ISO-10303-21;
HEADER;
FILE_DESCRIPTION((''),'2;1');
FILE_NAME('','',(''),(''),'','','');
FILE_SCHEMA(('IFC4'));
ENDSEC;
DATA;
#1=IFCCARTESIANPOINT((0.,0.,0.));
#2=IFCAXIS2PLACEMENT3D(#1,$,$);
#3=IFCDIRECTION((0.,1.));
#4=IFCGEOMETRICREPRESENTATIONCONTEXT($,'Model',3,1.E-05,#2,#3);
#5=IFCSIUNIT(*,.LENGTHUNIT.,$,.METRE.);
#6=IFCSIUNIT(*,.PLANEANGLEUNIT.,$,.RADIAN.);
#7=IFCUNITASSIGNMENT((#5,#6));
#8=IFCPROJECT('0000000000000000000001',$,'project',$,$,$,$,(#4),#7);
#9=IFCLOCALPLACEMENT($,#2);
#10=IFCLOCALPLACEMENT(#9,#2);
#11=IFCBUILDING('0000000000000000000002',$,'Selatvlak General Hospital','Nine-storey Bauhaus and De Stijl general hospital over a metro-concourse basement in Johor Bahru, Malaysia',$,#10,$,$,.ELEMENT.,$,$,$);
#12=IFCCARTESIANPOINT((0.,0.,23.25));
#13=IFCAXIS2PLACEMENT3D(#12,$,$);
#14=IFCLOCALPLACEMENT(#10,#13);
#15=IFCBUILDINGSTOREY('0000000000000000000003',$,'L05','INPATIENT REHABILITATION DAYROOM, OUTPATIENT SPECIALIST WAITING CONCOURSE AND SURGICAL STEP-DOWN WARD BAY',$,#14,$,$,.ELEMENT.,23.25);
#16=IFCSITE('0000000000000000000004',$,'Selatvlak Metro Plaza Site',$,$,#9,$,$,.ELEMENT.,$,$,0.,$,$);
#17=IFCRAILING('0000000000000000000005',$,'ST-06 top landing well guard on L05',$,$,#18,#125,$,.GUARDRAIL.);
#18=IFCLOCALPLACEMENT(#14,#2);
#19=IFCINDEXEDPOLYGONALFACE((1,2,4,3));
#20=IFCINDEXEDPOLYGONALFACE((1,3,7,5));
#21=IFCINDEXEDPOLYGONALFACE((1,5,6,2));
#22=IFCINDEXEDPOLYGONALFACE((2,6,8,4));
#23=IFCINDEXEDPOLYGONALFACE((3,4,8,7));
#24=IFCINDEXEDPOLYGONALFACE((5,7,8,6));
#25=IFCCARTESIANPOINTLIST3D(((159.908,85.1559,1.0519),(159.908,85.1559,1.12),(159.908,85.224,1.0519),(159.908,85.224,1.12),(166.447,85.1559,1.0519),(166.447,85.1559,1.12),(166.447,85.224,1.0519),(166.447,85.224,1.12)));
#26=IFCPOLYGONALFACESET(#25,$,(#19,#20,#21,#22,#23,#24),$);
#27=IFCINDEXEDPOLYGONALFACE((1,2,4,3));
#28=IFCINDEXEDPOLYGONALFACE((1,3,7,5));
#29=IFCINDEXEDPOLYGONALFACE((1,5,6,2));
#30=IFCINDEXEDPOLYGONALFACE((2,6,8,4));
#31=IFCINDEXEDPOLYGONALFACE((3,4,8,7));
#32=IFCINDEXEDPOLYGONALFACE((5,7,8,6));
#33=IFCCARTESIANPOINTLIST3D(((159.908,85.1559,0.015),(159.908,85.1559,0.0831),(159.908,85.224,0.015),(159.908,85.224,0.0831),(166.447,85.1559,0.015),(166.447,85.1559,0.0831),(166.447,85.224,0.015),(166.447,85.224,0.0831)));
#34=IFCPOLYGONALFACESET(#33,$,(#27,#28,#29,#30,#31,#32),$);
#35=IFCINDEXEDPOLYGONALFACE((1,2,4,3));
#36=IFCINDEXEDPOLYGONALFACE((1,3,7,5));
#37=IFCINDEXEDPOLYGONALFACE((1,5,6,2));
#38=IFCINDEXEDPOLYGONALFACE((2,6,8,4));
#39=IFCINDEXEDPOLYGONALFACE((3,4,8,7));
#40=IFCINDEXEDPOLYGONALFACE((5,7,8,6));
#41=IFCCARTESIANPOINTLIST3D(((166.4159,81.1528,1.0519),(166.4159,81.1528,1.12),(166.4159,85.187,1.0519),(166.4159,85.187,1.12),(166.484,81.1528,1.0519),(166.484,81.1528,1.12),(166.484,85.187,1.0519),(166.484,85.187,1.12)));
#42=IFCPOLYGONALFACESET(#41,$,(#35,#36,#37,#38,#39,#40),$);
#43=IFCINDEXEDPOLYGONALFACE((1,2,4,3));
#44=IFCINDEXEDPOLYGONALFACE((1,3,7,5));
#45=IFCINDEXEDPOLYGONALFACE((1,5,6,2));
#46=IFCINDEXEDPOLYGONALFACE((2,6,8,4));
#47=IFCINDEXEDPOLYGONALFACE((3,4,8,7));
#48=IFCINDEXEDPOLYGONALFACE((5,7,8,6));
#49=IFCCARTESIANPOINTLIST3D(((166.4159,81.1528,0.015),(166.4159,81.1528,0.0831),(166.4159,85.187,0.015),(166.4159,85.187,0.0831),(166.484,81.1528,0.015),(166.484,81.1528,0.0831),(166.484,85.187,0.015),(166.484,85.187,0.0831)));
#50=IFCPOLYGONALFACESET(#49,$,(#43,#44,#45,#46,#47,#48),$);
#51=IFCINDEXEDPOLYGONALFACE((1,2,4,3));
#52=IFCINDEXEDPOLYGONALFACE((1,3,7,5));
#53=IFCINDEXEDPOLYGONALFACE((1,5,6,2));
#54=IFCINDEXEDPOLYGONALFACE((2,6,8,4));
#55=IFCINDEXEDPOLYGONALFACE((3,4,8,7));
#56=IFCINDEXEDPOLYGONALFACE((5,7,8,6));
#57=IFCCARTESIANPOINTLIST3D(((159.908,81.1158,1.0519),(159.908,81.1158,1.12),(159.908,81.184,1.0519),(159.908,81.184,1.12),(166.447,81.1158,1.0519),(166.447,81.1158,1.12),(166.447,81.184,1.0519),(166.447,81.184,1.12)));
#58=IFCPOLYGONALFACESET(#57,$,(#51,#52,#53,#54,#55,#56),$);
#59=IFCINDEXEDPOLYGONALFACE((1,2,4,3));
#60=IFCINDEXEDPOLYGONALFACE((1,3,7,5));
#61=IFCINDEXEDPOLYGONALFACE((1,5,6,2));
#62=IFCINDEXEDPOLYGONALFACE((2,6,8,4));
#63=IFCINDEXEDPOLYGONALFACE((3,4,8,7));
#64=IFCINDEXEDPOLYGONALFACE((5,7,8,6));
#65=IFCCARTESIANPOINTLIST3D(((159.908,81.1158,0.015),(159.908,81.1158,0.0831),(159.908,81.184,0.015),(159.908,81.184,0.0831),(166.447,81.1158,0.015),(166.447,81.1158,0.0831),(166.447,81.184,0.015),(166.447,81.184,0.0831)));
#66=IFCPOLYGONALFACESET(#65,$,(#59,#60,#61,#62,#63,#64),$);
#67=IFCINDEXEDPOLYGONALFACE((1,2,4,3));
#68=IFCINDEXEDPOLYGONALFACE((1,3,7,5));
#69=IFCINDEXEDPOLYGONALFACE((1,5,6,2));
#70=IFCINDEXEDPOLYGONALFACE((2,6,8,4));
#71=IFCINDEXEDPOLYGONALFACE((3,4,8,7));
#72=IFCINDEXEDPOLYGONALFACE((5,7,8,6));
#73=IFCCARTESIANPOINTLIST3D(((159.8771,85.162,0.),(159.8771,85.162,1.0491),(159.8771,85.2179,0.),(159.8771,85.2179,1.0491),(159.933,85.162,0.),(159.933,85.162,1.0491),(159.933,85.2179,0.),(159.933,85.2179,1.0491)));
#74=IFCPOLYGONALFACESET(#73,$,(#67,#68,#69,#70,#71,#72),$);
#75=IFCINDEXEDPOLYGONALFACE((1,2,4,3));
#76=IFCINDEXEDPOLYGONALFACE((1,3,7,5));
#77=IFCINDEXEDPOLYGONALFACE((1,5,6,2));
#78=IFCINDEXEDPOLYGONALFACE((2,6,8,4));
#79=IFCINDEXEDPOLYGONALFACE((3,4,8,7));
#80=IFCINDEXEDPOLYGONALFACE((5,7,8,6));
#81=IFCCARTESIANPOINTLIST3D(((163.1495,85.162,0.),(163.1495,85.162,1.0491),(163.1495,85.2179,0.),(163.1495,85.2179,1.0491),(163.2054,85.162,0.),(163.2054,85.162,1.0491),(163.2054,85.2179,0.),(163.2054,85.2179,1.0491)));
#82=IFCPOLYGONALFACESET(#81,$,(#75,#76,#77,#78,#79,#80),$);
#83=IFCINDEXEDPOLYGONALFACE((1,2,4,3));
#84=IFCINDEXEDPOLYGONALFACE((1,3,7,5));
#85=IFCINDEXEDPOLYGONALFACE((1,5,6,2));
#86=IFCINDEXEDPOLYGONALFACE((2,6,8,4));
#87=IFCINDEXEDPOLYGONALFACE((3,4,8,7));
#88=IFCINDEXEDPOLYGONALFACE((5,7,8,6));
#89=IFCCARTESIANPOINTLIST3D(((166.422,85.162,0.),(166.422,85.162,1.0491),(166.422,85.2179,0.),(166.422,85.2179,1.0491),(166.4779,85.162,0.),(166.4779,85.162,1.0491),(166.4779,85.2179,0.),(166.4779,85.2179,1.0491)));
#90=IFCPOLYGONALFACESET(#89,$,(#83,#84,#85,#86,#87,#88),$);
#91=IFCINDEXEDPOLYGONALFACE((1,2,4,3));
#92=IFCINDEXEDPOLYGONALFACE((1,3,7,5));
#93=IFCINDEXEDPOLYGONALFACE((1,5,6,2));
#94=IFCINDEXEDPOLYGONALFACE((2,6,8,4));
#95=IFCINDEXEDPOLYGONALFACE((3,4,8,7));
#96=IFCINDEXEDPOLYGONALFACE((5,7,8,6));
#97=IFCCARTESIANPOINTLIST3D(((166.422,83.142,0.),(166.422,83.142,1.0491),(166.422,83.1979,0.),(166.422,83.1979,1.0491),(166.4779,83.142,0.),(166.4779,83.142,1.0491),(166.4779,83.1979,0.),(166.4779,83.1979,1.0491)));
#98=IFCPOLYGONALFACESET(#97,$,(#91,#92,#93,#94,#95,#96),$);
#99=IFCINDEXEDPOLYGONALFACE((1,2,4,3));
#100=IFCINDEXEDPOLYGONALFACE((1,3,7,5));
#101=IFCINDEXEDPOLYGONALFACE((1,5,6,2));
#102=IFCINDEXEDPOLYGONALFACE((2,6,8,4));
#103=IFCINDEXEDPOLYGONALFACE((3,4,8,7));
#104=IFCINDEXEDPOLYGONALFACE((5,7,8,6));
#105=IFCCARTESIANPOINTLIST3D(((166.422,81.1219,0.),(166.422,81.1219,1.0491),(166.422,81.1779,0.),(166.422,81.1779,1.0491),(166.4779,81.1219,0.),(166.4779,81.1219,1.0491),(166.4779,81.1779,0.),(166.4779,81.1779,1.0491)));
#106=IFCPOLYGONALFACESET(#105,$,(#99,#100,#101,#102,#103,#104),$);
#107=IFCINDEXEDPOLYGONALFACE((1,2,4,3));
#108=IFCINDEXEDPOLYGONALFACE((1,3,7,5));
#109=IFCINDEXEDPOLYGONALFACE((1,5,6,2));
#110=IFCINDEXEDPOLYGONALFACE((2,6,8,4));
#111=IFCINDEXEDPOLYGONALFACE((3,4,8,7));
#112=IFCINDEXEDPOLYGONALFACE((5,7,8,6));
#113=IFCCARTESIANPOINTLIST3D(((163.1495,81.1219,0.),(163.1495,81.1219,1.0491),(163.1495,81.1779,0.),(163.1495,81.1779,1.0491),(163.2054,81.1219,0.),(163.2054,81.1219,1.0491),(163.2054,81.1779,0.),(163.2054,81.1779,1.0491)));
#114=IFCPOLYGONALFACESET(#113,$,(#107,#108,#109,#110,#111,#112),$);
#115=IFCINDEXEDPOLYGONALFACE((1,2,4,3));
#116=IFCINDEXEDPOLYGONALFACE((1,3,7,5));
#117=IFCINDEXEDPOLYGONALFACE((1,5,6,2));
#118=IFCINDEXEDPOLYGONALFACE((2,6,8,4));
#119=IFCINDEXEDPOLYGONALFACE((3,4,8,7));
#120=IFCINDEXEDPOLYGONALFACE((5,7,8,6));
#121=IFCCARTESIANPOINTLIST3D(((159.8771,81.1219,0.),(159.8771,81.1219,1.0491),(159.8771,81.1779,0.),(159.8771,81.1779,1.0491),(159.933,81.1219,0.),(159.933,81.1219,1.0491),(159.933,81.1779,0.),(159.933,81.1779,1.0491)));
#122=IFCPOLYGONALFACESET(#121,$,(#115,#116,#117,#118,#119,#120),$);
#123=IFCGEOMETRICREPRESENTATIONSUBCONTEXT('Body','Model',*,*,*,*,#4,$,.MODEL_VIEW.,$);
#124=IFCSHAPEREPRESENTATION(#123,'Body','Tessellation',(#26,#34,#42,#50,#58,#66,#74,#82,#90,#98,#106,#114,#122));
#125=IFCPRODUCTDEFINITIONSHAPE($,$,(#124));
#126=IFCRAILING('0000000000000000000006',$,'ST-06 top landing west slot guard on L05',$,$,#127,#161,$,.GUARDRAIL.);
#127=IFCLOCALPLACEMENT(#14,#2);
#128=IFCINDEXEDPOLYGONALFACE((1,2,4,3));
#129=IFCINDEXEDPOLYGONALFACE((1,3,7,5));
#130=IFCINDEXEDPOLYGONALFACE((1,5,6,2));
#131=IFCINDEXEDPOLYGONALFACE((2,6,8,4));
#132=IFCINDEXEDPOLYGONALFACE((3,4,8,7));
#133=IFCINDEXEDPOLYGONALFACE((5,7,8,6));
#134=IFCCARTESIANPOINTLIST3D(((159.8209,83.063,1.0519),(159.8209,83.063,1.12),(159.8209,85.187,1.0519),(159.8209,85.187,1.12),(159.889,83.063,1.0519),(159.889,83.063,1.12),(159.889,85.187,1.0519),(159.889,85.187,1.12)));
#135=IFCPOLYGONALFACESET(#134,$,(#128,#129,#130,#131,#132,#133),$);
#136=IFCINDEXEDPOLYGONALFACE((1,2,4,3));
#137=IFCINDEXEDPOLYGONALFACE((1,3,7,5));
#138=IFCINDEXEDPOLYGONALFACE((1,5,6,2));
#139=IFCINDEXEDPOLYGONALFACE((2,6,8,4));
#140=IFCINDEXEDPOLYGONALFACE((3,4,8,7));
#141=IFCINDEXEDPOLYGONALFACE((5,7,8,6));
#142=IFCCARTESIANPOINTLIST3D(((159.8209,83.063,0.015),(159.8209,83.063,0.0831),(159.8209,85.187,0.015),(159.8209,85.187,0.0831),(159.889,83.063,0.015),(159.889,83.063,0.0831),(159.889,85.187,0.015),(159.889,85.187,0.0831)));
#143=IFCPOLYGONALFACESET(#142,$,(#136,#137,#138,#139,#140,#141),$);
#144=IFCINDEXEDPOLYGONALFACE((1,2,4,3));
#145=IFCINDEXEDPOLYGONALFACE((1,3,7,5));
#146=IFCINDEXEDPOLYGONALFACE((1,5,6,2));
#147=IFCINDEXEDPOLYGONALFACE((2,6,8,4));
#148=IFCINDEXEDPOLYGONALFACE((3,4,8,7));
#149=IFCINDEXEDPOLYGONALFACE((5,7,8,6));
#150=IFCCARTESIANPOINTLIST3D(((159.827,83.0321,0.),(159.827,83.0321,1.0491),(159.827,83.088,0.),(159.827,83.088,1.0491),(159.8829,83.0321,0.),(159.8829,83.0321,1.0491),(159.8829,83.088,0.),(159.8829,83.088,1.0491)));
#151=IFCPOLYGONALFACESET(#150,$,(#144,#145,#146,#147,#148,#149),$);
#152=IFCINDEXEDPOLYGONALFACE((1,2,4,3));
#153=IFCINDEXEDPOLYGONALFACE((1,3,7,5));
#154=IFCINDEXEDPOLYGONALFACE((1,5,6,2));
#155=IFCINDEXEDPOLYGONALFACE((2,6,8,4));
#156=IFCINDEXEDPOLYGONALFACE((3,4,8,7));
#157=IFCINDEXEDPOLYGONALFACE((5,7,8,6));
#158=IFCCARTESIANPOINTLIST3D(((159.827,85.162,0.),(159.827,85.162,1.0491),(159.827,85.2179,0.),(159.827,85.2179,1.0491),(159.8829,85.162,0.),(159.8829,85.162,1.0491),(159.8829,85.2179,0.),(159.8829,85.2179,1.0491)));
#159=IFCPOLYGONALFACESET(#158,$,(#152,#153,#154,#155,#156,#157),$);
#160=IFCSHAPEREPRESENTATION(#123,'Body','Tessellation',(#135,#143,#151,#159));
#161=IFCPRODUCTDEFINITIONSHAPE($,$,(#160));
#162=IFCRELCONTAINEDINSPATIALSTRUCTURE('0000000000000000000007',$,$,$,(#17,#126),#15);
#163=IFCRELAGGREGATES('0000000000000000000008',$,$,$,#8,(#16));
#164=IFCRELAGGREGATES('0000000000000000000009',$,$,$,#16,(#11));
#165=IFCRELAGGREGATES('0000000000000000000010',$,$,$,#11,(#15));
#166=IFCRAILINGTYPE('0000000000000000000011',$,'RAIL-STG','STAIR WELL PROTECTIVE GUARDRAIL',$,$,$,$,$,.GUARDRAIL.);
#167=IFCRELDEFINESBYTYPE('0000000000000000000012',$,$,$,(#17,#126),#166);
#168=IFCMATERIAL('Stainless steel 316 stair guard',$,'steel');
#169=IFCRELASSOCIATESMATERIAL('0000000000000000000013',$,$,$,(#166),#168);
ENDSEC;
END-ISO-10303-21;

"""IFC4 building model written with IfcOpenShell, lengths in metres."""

from ifc_helpers import new_model, si_unit, direction, frame, origin, origin_2d, place, context, subcontext, project, spatial, rectangle, extrude, material, type_object, element, save


model = new_model("IFC4")

# Units and contexts
model_context = context("Model", 3, precision=1e-05, world=origin(), true_north=direction((0.0, 1.0)))
body_context = subcontext(model_context, "Body", "Model", "MODEL_VIEW")
ifc_project = project(units=[si_unit("LENGTHUNIT", "METRE"), si_unit("PLANEANGLEUNIT", "RADIAN")], contexts=[model_context])

# Site, building, storey
site_placement = place(None, origin())
site = spatial("IfcSite", under=ifc_project, at=site_placement, Name="Selatvlak Metro Plaza Site", CompositionType="ELEMENT", RefElevation=0.0)
building_placement = place(site_placement, origin())
building = spatial("IfcBuilding", under=site, at=building_placement, Name="Selatvlak General Hospital", Description="Nine-storey Bauhaus and De Stijl general hospital over a metro-concourse basement in Johor Bahru, Malaysia", CompositionType="ELEMENT")
storey_placement = place(building_placement, frame((0.0, 0.0, 23.25)))
storey = spatial("IfcBuildingStorey", under=building, at=storey_placement, Name="L05", Description="INPATIENT REHABILITATION DAYROOM, OUTPATIENT SPECIALIST WAITING CONCOURSE AND SURGICAL STEP-DOWN WARD BAY", CompositionType="ELEMENT", Elevation=23.25)

# Railings
ifc_material_1 = material(Name="Stainless steel 316 stair guard", Category="steel")
railing_type = type_object("IfcRailingType", Name="RAIL-STG", Description="STAIR WELL PROTECTIVE GUARDRAIL", PredefinedType="GUARDRAIL", material=ifc_material_1)
railing_1_placement = place(storey_placement, frame((159.905, 85.1899, 0.0)))
element("IfcRailing", 1, at=railing_1_placement, inside=storey, type_object=railing_type, Name="ST-06 top landing well guard on L05", PredefinedType="GUARDRAIL", context=body_context, shape_type="SweptSolid", body=[
    extrude(rectangle(XDim=0.0681, YDim=0.0681, at=origin_2d()), frame((0.0029, 0.0, 1.0859), z_axis=(1.0, 0.0, 0.0), x_axis=(0.0, 1.0, 0.0)), (0.0, 0.0, 1.0), 6.5391),
    extrude(rectangle(XDim=0.0681, YDim=0.0681, at=origin_2d()), frame((0.0029, 0.0, 0.0491), z_axis=(1.0, 0.0, 0.0), x_axis=(0.0, 1.0, 0.0)), (0.0, 0.0, 1.0), 6.5391),
    extrude(rectangle(XDim=0.0681, YDim=0.0681, at=origin_2d()), frame((6.5449, -0.0029, 1.0859), z_axis=(0.0, -1.0, 0.0), x_axis=(1.0, 0.0, 0.0)), (0.0, 0.0, 1.0), 4.0342),
    extrude(rectangle(XDim=0.0681, YDim=0.0681, at=origin_2d()), frame((6.5449, -0.0029, 0.0491), z_axis=(0.0, -1.0, 0.0), x_axis=(1.0, 0.0, 0.0)), (0.0, 0.0, 1.0), 4.0342),
    extrude(rectangle(XDim=0.0681, YDim=0.0681, at=origin_2d()), frame((6.542, -4.04, 1.0859), z_axis=(-1.0, 0.0, 0.0), x_axis=(0.0, -1.0, 0.0)), (0.0, 0.0, 1.0), 6.5391),
    extrude(rectangle(XDim=0.0681, YDim=0.0681, at=origin_2d()), frame((6.542, -4.04, 0.0491), z_axis=(-1.0, 0.0, 0.0), x_axis=(0.0, -1.0, 0.0)), (0.0, 0.0, 1.0), 6.5391),
    extrude(rectangle(XDim=0.0559, YDim=0.0559, at=origin_2d()), origin(), (0.0, 0.0, 1.0), 1.0491),
    extrude(rectangle(XDim=0.0559, YDim=0.0559, at=origin_2d()), frame((3.2725, 0.0, 0.0)), (0.0, 0.0, 1.0), 1.0491),
    extrude(rectangle(XDim=0.0559, YDim=0.0559, at=origin_2d()), frame((6.5449, 0.0, 0.0)), (0.0, 0.0, 1.0), 1.0491),
    extrude(rectangle(XDim=0.0559, YDim=0.0559, at=origin_2d()), frame((6.5449, -2.02, 0.0)), (0.0, 0.0, 1.0), 1.0491),
    extrude(rectangle(XDim=0.0559, YDim=0.0559, at=origin_2d()), frame((6.5449, -4.04, 0.0)), (0.0, 0.0, 1.0), 1.0491),
    extrude(rectangle(XDim=0.0559, YDim=0.0559, at=origin_2d()), frame((3.2725, -4.04, 0.0)), (0.0, 0.0, 1.0), 1.0491),
    extrude(rectangle(XDim=0.0559, YDim=0.0559, at=origin_2d()), frame((0.0, -4.04, 0.0)), (0.0, 0.0, 1.0), 1.0491),
])
railing_2_placement = place(storey_placement, frame((159.855, 83.0601, 0.0)))
element("IfcRailing", 2, at=railing_2_placement, inside=storey, type_object=railing_type, Name="ST-06 top landing west slot guard on L05", PredefinedType="GUARDRAIL", context=body_context, shape_type="SweptSolid", body=[
    extrude(rectangle(XDim=0.0681, YDim=0.0681, at=origin_2d()), frame((0.0, 0.0029, 1.0859), z_axis=(0.0, 1.0, 0.0), x_axis=(-1.0, 0.0, 0.0)), (0.0, 0.0, 1.0), 2.124),
    extrude(rectangle(XDim=0.0681, YDim=0.0681, at=origin_2d()), frame((0.0, 0.0029, 0.0491), z_axis=(0.0, 1.0, 0.0), x_axis=(-1.0, 0.0, 0.0)), (0.0, 0.0, 1.0), 2.124),
    extrude(rectangle(XDim=0.0559, YDim=0.0559, at=origin_2d()), origin(), (0.0, 0.0, 1.0), 1.0491),
    extrude(rectangle(XDim=0.0559, YDim=0.0559, at=origin_2d()), frame((0.0, 2.1299, 0.0)), (0.0, 0.0, 1.0), 1.0491),
])

save(model, "model.ifc")
